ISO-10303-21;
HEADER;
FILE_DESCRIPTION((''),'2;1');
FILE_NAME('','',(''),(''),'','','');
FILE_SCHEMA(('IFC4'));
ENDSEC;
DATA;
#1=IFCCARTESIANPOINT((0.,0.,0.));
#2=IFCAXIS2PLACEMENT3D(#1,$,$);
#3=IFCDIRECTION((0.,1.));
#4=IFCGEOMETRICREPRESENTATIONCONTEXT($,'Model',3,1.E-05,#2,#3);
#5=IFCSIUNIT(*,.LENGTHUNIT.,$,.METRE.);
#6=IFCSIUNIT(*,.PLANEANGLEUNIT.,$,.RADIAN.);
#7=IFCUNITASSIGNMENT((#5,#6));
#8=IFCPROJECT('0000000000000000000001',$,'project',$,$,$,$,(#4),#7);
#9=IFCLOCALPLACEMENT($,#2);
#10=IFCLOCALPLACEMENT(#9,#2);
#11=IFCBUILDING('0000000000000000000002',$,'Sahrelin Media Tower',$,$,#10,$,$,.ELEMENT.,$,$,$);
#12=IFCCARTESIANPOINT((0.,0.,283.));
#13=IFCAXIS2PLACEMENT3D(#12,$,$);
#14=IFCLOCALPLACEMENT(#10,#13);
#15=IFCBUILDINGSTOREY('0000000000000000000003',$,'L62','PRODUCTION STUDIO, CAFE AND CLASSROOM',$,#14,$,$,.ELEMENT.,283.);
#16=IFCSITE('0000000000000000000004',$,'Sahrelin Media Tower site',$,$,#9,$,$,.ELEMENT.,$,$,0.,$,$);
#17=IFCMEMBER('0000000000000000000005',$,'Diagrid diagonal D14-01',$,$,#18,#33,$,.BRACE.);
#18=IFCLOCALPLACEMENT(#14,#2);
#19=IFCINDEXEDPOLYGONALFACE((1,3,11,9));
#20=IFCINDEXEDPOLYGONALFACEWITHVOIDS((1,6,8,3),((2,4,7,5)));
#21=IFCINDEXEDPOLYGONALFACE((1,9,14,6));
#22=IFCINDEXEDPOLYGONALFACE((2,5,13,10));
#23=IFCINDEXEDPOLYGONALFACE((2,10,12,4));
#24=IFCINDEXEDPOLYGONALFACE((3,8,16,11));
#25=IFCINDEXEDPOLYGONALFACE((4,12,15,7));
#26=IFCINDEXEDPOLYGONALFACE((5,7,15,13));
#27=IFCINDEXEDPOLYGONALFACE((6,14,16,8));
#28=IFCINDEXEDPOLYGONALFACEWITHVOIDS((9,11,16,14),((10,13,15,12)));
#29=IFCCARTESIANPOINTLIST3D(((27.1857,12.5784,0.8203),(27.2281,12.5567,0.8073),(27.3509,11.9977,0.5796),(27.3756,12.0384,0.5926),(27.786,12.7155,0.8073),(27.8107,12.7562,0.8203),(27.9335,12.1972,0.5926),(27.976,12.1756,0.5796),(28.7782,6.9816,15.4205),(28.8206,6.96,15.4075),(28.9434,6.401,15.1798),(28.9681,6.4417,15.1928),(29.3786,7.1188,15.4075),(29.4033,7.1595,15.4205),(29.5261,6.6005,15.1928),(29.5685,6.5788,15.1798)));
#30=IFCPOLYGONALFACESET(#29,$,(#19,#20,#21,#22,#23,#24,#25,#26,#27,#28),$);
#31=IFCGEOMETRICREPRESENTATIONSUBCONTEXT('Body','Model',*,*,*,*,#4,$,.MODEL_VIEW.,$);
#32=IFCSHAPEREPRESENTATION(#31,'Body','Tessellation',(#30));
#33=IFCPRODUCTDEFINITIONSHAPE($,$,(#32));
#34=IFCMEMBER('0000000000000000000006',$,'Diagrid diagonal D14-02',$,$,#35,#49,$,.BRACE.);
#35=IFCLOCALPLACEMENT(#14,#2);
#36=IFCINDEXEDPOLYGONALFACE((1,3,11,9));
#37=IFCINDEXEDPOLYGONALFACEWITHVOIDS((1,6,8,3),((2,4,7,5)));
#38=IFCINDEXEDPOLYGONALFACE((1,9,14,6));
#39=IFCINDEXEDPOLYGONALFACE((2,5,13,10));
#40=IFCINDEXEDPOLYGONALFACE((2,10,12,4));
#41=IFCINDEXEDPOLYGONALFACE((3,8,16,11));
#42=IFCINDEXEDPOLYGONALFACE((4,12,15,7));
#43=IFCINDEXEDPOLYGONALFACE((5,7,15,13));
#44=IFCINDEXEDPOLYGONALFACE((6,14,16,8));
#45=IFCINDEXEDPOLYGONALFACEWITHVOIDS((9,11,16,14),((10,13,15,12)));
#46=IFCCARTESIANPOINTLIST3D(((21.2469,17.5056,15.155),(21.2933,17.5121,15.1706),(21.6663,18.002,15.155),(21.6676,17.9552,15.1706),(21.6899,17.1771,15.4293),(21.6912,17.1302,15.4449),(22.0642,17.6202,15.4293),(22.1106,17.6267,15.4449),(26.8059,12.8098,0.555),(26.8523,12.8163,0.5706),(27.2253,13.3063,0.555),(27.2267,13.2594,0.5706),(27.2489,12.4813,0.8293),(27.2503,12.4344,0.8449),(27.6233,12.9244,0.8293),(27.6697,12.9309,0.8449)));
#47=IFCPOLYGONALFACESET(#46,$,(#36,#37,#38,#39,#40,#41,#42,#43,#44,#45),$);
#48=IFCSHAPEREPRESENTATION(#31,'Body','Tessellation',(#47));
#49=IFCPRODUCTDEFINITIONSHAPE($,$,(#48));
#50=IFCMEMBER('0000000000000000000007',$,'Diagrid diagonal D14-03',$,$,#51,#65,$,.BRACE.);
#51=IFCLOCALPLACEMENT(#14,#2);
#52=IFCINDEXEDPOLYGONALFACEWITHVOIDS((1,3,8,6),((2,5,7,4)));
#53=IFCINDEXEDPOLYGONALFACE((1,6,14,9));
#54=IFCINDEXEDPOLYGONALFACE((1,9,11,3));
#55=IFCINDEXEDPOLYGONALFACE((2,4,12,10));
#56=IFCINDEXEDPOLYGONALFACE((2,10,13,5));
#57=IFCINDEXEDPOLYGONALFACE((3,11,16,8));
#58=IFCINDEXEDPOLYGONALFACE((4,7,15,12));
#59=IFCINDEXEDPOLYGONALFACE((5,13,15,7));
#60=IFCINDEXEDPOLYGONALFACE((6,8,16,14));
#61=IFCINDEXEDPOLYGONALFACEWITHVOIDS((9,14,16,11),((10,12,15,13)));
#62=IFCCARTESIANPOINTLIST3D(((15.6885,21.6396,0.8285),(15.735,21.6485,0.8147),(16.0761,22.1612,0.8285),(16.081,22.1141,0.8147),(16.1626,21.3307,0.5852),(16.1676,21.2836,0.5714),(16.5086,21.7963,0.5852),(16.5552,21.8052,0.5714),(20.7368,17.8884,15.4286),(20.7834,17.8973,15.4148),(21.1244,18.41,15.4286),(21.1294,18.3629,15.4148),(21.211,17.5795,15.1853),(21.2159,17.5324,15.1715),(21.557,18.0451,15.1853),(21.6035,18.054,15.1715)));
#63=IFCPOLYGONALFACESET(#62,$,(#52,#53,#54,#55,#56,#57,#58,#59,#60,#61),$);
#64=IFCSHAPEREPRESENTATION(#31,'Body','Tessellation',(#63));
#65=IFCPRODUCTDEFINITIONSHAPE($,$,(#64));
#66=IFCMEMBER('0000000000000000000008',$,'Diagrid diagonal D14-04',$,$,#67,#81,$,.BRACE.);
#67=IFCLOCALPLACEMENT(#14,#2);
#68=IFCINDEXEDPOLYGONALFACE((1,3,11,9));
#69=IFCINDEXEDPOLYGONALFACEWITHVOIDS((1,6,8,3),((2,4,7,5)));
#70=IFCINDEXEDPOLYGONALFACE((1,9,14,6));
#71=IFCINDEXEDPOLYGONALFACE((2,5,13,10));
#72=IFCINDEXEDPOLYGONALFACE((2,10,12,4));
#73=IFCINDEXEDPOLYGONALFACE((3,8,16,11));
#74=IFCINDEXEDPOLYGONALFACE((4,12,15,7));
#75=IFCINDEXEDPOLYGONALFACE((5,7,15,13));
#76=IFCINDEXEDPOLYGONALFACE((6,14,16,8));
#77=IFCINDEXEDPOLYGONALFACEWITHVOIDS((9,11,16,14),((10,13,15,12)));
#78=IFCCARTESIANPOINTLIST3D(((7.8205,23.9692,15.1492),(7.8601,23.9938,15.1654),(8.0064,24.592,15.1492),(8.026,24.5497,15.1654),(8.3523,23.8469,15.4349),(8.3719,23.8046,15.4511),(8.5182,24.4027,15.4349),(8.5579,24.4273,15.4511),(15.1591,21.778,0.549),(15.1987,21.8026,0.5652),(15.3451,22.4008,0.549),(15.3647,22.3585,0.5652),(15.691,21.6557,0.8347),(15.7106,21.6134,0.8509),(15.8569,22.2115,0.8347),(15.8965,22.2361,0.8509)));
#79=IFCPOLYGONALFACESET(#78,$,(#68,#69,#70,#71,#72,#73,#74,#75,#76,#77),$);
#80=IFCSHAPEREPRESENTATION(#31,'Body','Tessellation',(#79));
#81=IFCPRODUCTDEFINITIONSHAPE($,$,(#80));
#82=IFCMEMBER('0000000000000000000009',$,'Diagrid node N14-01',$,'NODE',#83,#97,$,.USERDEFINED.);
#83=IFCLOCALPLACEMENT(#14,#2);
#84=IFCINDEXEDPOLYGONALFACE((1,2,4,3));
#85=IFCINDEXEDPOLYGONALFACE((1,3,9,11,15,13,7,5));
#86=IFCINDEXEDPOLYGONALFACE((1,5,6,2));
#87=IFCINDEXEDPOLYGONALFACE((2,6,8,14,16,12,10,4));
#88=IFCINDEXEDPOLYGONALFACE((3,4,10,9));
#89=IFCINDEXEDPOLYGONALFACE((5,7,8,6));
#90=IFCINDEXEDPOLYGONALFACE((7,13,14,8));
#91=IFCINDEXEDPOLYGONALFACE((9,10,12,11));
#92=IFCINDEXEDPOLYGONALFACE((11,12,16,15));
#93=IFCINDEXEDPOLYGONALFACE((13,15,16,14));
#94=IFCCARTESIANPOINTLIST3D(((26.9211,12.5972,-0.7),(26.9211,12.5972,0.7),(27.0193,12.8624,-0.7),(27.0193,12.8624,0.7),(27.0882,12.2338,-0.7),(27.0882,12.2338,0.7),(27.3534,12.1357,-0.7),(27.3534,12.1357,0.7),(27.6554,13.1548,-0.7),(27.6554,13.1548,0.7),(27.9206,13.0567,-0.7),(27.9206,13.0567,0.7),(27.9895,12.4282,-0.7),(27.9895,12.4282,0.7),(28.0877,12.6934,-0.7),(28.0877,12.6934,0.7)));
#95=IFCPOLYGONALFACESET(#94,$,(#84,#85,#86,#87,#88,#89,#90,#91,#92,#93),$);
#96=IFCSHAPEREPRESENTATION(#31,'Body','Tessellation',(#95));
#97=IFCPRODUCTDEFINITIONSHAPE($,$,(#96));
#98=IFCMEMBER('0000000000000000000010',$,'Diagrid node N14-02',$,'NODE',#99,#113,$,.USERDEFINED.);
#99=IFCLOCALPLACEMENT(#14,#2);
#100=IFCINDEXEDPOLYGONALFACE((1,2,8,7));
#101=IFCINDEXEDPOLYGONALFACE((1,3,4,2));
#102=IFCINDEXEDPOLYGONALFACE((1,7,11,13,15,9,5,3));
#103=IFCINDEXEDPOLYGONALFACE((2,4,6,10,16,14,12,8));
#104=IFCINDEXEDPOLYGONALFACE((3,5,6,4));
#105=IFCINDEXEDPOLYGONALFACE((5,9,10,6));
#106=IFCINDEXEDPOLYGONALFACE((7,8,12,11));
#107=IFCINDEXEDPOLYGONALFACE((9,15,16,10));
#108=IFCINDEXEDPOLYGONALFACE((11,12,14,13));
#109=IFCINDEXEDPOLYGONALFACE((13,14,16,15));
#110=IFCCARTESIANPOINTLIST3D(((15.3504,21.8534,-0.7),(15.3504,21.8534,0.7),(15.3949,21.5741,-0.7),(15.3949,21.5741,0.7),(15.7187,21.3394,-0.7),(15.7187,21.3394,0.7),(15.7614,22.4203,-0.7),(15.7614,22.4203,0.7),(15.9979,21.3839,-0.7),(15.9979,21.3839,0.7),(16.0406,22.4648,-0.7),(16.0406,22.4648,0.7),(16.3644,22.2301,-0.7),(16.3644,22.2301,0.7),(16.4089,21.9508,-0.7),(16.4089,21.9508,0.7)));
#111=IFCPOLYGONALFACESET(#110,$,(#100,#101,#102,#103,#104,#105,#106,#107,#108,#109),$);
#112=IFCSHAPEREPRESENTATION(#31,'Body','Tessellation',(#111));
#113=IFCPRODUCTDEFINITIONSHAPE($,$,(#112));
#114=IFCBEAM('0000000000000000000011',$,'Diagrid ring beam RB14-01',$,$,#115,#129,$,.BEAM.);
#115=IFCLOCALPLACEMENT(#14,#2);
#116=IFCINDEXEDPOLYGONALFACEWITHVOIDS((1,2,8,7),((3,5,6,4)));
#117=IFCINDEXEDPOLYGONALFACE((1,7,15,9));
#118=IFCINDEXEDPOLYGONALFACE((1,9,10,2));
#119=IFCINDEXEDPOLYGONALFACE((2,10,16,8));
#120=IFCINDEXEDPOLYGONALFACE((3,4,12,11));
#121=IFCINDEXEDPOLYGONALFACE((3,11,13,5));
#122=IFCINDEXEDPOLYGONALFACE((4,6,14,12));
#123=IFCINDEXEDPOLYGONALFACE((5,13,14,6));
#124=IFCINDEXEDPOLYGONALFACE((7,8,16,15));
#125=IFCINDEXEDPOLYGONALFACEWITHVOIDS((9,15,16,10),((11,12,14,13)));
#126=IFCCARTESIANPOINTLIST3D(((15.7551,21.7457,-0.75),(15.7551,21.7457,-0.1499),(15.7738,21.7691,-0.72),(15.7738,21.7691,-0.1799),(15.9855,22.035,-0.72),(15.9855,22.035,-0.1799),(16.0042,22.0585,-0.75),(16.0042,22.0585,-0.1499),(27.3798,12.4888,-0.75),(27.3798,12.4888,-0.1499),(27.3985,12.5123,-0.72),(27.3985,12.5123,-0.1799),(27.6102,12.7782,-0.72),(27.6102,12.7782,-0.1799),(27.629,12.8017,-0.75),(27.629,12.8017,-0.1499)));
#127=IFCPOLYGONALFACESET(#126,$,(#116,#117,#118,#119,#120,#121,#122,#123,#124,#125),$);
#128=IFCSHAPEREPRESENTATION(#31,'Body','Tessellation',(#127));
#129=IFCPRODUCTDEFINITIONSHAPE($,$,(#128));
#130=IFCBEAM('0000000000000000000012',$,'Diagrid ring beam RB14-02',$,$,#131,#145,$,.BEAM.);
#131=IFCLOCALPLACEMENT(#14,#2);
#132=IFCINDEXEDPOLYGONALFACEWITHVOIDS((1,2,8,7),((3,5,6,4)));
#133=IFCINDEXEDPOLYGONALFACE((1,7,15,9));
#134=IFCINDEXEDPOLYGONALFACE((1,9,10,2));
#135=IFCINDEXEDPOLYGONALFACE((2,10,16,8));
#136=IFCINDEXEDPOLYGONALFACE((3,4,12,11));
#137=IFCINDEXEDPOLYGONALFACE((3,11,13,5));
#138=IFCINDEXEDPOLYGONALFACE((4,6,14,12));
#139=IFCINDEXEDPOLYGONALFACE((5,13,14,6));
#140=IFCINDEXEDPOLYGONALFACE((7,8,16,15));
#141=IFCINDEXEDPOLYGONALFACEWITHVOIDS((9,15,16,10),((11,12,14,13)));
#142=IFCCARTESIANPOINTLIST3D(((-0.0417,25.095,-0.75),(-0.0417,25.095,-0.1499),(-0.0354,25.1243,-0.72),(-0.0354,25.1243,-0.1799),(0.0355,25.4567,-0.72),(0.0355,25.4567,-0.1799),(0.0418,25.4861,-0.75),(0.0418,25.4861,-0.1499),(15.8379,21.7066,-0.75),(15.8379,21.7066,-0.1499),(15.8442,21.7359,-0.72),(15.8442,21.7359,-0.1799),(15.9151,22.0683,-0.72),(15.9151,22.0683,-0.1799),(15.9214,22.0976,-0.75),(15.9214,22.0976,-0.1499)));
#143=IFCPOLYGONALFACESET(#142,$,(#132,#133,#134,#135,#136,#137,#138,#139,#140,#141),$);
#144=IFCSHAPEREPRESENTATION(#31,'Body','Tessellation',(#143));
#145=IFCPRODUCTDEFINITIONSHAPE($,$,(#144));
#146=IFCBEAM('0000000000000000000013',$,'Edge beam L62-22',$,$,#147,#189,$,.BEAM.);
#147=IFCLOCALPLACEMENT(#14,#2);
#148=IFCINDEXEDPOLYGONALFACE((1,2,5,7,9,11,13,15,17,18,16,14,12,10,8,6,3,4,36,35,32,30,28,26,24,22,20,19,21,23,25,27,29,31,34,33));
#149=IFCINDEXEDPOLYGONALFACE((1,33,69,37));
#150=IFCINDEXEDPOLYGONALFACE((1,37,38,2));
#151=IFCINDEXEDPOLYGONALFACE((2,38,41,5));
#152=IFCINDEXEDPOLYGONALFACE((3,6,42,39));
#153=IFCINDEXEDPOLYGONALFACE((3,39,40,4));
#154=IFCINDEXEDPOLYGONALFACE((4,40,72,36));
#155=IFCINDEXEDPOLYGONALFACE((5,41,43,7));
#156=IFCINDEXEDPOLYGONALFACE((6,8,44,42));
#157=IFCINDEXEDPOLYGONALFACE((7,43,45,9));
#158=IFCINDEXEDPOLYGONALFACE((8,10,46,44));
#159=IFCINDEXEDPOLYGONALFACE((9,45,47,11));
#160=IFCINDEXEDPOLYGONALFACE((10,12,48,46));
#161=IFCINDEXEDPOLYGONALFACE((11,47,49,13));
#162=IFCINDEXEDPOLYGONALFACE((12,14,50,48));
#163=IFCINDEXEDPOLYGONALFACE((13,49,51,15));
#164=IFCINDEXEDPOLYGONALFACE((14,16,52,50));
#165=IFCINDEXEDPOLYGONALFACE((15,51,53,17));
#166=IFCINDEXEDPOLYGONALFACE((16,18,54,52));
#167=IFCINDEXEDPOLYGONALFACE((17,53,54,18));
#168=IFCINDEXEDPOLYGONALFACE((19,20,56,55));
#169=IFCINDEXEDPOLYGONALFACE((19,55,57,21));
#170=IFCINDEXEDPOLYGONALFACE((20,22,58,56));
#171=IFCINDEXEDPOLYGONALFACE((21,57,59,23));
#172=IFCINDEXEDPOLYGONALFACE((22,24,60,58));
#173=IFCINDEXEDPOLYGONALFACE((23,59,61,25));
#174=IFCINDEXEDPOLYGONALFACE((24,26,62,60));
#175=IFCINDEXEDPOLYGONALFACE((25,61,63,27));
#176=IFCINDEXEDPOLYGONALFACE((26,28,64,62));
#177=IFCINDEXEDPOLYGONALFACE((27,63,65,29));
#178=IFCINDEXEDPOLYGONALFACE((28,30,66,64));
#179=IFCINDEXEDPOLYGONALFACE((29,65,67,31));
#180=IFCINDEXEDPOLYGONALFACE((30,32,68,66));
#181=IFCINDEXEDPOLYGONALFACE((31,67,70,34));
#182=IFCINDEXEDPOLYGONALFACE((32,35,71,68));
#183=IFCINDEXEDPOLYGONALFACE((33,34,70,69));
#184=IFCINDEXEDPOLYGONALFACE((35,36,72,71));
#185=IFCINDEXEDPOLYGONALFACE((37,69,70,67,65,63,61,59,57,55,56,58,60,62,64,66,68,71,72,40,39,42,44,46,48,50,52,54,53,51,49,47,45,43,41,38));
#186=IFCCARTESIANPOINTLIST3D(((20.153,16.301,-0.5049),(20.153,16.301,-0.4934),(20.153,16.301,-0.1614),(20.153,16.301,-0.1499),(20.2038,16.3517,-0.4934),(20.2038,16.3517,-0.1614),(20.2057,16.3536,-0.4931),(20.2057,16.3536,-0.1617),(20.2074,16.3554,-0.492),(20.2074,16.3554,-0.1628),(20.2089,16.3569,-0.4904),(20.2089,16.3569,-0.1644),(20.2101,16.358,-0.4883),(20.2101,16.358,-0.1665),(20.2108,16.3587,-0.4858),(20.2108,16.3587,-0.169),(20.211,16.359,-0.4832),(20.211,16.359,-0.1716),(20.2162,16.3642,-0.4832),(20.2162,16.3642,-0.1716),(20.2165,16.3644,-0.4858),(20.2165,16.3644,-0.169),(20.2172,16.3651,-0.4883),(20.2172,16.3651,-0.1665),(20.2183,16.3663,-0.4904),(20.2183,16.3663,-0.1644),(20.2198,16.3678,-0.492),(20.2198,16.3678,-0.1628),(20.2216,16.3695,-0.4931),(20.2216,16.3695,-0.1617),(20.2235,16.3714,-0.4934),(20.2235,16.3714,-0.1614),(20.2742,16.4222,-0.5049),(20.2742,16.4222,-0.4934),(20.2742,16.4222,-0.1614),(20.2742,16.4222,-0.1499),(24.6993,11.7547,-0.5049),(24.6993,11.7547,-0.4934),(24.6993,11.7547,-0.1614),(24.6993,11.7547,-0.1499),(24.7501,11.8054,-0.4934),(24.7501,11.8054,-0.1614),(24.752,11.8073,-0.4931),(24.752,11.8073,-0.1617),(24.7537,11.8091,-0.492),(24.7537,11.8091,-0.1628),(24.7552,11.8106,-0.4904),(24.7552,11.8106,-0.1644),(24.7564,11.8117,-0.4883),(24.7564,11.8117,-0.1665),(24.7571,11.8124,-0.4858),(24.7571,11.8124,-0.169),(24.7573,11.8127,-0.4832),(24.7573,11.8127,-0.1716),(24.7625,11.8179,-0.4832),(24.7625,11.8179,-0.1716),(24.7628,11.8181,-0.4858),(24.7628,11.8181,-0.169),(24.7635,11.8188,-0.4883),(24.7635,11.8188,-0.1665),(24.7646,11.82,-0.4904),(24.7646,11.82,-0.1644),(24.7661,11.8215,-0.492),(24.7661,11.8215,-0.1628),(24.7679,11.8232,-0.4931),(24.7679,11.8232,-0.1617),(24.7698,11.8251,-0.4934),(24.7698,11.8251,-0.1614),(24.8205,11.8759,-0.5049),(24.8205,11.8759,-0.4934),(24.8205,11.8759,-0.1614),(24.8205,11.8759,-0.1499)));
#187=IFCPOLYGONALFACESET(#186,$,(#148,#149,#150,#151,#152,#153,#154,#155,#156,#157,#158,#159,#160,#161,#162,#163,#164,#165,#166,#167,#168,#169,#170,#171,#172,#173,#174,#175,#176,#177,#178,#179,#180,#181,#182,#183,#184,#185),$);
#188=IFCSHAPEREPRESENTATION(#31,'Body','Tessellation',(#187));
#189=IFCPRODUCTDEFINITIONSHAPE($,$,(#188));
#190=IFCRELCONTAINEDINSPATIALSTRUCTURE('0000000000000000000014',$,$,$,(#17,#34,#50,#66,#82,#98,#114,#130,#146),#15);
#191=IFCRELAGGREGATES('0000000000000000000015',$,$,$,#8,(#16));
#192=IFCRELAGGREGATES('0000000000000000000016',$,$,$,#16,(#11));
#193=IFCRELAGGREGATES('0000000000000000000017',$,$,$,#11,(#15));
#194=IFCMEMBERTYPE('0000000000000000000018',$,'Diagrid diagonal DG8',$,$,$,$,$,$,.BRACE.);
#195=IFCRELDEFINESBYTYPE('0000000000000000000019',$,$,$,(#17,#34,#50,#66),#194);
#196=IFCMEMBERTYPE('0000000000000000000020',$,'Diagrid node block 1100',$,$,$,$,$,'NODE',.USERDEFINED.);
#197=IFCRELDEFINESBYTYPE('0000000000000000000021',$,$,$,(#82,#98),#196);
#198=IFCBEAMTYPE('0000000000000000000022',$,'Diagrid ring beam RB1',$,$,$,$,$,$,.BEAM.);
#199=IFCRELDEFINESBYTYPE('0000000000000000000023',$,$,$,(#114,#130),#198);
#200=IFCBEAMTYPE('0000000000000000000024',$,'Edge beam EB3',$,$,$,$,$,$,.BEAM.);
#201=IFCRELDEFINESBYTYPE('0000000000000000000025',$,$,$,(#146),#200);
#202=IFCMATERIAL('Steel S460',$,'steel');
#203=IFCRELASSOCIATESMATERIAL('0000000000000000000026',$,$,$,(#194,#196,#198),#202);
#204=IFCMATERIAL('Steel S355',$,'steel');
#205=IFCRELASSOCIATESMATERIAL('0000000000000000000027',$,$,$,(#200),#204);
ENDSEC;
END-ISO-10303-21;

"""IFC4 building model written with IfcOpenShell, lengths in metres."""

from ifc_helpers import new_model, si_unit, direction, frame, origin, origin_2d, place, context, subcontext, project, spatial, polyline, hollow_rectangle, i_section, outline, extrude, material, material_profile, profile_set, type_object, element, save


model = new_model("IFC4")

# Units and contexts
model_context = context("Model", 3, precision=1e-05, world=origin(), true_north=direction((0.0, 1.0)))
body_context = subcontext(model_context, "Body", "Model", "MODEL_VIEW")
ifc_project = project(units=[si_unit("LENGTHUNIT", "METRE"), si_unit("PLANEANGLEUNIT", "RADIAN")], contexts=[model_context])

# Site, building, storey
site_placement = place(None, origin())
site = spatial("IfcSite", under=ifc_project, at=site_placement, Name="Sahrelin Media Tower site", CompositionType="ELEMENT", RefElevation=0.0)
building_placement = place(site_placement, origin())
building = spatial("IfcBuilding", under=site, at=building_placement, Name="Sahrelin Media Tower", CompositionType="ELEMENT")
storey_placement = place(building_placement, frame((0.0, 0.0, 283.0)))
storey = spatial("IfcBuildingStorey", under=building, at=storey_placement, Name="L62", Description="PRODUCTION STUDIO, CAFE AND CLASSROOM", CompositionType="ELEMENT", Elevation=283.0)

# Members
ifc_material_1 = material(Name="Steel S460", Category="steel")
ifc_material_profile_1 = material_profile(ifc_material_1, hollow_rectangle(XDim=0.6499, YDim=0.6499, WallThickness=0.0349, at=origin_2d()), Name="Diagrid diagonal DG8")
ifc_profile_set_1 = profile_set([ifc_material_profile_1], Name="Steel S460")
member_type_1 = type_object("IfcMemberType", Name="Diagrid diagonal DG8", PredefinedType="BRACE", material=ifc_profile_set_1)
member_1_placement = place(storey_placement, frame((27.5808, 12.377, 0.7), z_axis=(0.101326, -0.356092, 0.928941), x_axis=(0.961819, 0.273685, 0.0)))
element("IfcMember", 1, at=member_1_placement, inside=storey, type_object=member_type_1, Name="Diagrid diagonal D14-01", PredefinedType="BRACE", context=body_context, shape_type="SweptSolid", body=[
    extrude(hollow_rectangle(XDim=0.6499, YDim=0.6499, WallThickness=0.0349, at=origin_2d()), origin(), (0.0, 0.0, 1.0), 15.717),
])
member_2_placement = place(storey_placement, frame((27.2378, 12.8704, 0.7), z_axis=(-0.340774, 0.287855, 0.894993), x_axis=(-0.645298, -0.763931, 0.0)))
element("IfcMember", 2, at=member_2_placement, inside=storey, type_object=member_type_1, Name="Diagrid diagonal D14-02", PredefinedType="BRACE", context=body_context, shape_type="SweptSolid", body=[
    extrude(hollow_rectangle(XDim=0.6499, YDim=0.6499, WallThickness=0.0349, at=origin_2d()), origin(), (0.0, 0.0, 1.0), 16.313),
])
member_3_placement = place(storey_placement, frame((16.1218, 21.7224, 0.7), z_axis=(0.317562, -0.235968, 0.918408), x_axis=(0.596429, 0.802666, 0.0)))
element("IfcMember", 3, at=member_3_placement, inside=storey, type_object=member_type_1, Name="Diagrid diagonal D14-03", PredefinedType="BRACE", context=body_context, shape_type="SweptSolid", body=[
    extrude(hollow_rectangle(XDim=0.6499, YDim=0.6499, WallThickness=0.0349, at=origin_2d()), origin(), (0.0, 0.0, 1.0), 15.8972),
])
member_4_placement = place(storey_placement, frame((15.5278, 22.0071, 0.7), z_axis=(-0.445117, 0.132903, 0.885555), x_axis=(-0.286099, -0.9582, 0.0)))
element("IfcMember", 4, at=member_4_placement, inside=storey, type_object=member_type_1, Name="Diagrid diagonal D14-04", PredefinedType="BRACE", context=body_context, shape_type="SweptSolid", body=[
    extrude(hollow_rectangle(XDim=0.6499, YDim=0.6499, WallThickness=0.0349, at=origin_2d()), origin(), (0.0, 0.0, 1.0), 16.4871),
])
ifc_material_profile_2 = material_profile(ifc_material_1, outline(polyline([(0.3501, -0.3999), (0.55, -0.2), (0.55, 0.2), (0.3501, 0.3999), (-0.3501, 0.3999), (-0.55, 0.2), (-0.55, -0.2), (-0.3501, -0.3999), (0.3501, -0.3999)])), Name="Diagrid node block 1100")
ifc_profile_set_2 = profile_set([ifc_material_profile_2], Name="Steel S460")
member_type_2 = type_object("IfcMemberType", Name="Diagrid node block 1100", ElementType="NODE", PredefinedType="USERDEFINED", material=ifc_profile_set_2)
for number, where, z_axis, x_axis, name in (
    (5, (27.5044, 12.6453, -0.7), (0.0, 0.0, 1.0), (0.908575, 0.417723, 0.0), "Diagrid node N14-01"),
    (6, (15.8796, 21.9021, -0.7), (0.0, 0.0, 1.0), (0.586982, 0.8096, 0.0), "Diagrid node N14-02"),
):
    element("IfcMember", number, at=place(storey_placement, frame(where, z_axis=z_axis, x_axis=x_axis)), inside=storey, type_object=member_type_2, Name=name, ObjectType="NODE", PredefinedType="USERDEFINED", context=body_context, shape_type="SweptSolid", body=[
        extrude(outline(polyline([(0.3501, -0.3999), (0.55, -0.2), (0.55, 0.2), (0.3501, 0.3999), (-0.3501, 0.3999), (-0.55, 0.2), (-0.55, -0.2), (-0.3501, -0.3999), (0.3501, -0.3999)])), origin(), (0.0, 0.0, 1.0), 1.3999),
    ])

# Beams
ifc_material_profile_3 = material_profile(ifc_material_1, hollow_rectangle(XDim=0.3999, YDim=0.6001, WallThickness=0.03, at=origin_2d()), Name="Diagrid ring beam RB1")
ifc_profile_set_3 = profile_set([ifc_material_profile_3], Name="Steel S460")
beam_type_1 = type_object("IfcBeamType", Name="Diagrid ring beam RB1", PredefinedType="BEAM", material=ifc_profile_set_3)
beam_1_placement = place(storey_placement, frame((27.5044, 12.6453, -0.45), z_axis=(-0.782277, 0.62293, 0.0), x_axis=(-0.62293, -0.782277, 0.0)))
element("IfcBeam", 7, at=beam_1_placement, inside=storey, type_object=beam_type_1, Name="Diagrid ring beam RB14-01", PredefinedType="BEAM", context=body_context, shape_type="SweptSolid", body=[
    extrude(hollow_rectangle(XDim=0.3999, YDim=0.6001, WallThickness=0.03, at=origin_2d()), origin(), (0.0, 0.0, 1.0), 14.8601),
])
beam_2_placement = place(storey_placement, frame((15.8796, 21.9021, -0.45), z_axis=(-0.977983, 0.208684, 0.0), x_axis=(-0.208684, -0.977983, 0.0)))
element("IfcBeam", 8, at=beam_2_placement, inside=storey, type_object=beam_type_1, Name="Diagrid ring beam RB14-02", PredefinedType="BEAM", context=body_context, shape_type="SweptSolid", body=[
    extrude(hollow_rectangle(XDim=0.3999, YDim=0.6001, WallThickness=0.03, at=origin_2d()), origin(), (0.0, 0.0, 1.0), 16.2371),
])
ifc_material_2 = material(Name="Steel S355", Category="steel")
ifc_material_profile_4 = material_profile(ifc_material_2, i_section(OverallWidth=0.1714, OverallDepth=0.355, WebThickness=0.0073, FlangeThickness=0.0115, FilletRadius=0.0103, at=origin_2d()), Name="UB 356x171x51")
ifc_profile_set_4 = profile_set([ifc_material_profile_4], Name="Steel S355")
beam_type_2 = type_object("IfcBeamType", Name="Edge beam EB3", PredefinedType="BEAM", material=ifc_profile_set_4)
beam_3_placement = place(storey_placement, frame((20.2136, 16.3616, -0.3274), z_axis=(0.707107, -0.707107, 0.0), x_axis=(0.707107, 0.707107, 0.0)))
element("IfcBeam", 9, at=beam_3_placement, inside=storey, type_object=beam_type_2, Name="Edge beam L62-22", PredefinedType="BEAM", context=body_context, shape_type="SweptSolid", body=[
    extrude(i_section(OverallWidth=0.1714, OverallDepth=0.355, WebThickness=0.0073, FlangeThickness=0.0115, FilletRadius=0.0103, at=origin_2d()), origin(), (0.0, 0.0, 1.0), 6.4294),
])

save(model, "model.ifc")
